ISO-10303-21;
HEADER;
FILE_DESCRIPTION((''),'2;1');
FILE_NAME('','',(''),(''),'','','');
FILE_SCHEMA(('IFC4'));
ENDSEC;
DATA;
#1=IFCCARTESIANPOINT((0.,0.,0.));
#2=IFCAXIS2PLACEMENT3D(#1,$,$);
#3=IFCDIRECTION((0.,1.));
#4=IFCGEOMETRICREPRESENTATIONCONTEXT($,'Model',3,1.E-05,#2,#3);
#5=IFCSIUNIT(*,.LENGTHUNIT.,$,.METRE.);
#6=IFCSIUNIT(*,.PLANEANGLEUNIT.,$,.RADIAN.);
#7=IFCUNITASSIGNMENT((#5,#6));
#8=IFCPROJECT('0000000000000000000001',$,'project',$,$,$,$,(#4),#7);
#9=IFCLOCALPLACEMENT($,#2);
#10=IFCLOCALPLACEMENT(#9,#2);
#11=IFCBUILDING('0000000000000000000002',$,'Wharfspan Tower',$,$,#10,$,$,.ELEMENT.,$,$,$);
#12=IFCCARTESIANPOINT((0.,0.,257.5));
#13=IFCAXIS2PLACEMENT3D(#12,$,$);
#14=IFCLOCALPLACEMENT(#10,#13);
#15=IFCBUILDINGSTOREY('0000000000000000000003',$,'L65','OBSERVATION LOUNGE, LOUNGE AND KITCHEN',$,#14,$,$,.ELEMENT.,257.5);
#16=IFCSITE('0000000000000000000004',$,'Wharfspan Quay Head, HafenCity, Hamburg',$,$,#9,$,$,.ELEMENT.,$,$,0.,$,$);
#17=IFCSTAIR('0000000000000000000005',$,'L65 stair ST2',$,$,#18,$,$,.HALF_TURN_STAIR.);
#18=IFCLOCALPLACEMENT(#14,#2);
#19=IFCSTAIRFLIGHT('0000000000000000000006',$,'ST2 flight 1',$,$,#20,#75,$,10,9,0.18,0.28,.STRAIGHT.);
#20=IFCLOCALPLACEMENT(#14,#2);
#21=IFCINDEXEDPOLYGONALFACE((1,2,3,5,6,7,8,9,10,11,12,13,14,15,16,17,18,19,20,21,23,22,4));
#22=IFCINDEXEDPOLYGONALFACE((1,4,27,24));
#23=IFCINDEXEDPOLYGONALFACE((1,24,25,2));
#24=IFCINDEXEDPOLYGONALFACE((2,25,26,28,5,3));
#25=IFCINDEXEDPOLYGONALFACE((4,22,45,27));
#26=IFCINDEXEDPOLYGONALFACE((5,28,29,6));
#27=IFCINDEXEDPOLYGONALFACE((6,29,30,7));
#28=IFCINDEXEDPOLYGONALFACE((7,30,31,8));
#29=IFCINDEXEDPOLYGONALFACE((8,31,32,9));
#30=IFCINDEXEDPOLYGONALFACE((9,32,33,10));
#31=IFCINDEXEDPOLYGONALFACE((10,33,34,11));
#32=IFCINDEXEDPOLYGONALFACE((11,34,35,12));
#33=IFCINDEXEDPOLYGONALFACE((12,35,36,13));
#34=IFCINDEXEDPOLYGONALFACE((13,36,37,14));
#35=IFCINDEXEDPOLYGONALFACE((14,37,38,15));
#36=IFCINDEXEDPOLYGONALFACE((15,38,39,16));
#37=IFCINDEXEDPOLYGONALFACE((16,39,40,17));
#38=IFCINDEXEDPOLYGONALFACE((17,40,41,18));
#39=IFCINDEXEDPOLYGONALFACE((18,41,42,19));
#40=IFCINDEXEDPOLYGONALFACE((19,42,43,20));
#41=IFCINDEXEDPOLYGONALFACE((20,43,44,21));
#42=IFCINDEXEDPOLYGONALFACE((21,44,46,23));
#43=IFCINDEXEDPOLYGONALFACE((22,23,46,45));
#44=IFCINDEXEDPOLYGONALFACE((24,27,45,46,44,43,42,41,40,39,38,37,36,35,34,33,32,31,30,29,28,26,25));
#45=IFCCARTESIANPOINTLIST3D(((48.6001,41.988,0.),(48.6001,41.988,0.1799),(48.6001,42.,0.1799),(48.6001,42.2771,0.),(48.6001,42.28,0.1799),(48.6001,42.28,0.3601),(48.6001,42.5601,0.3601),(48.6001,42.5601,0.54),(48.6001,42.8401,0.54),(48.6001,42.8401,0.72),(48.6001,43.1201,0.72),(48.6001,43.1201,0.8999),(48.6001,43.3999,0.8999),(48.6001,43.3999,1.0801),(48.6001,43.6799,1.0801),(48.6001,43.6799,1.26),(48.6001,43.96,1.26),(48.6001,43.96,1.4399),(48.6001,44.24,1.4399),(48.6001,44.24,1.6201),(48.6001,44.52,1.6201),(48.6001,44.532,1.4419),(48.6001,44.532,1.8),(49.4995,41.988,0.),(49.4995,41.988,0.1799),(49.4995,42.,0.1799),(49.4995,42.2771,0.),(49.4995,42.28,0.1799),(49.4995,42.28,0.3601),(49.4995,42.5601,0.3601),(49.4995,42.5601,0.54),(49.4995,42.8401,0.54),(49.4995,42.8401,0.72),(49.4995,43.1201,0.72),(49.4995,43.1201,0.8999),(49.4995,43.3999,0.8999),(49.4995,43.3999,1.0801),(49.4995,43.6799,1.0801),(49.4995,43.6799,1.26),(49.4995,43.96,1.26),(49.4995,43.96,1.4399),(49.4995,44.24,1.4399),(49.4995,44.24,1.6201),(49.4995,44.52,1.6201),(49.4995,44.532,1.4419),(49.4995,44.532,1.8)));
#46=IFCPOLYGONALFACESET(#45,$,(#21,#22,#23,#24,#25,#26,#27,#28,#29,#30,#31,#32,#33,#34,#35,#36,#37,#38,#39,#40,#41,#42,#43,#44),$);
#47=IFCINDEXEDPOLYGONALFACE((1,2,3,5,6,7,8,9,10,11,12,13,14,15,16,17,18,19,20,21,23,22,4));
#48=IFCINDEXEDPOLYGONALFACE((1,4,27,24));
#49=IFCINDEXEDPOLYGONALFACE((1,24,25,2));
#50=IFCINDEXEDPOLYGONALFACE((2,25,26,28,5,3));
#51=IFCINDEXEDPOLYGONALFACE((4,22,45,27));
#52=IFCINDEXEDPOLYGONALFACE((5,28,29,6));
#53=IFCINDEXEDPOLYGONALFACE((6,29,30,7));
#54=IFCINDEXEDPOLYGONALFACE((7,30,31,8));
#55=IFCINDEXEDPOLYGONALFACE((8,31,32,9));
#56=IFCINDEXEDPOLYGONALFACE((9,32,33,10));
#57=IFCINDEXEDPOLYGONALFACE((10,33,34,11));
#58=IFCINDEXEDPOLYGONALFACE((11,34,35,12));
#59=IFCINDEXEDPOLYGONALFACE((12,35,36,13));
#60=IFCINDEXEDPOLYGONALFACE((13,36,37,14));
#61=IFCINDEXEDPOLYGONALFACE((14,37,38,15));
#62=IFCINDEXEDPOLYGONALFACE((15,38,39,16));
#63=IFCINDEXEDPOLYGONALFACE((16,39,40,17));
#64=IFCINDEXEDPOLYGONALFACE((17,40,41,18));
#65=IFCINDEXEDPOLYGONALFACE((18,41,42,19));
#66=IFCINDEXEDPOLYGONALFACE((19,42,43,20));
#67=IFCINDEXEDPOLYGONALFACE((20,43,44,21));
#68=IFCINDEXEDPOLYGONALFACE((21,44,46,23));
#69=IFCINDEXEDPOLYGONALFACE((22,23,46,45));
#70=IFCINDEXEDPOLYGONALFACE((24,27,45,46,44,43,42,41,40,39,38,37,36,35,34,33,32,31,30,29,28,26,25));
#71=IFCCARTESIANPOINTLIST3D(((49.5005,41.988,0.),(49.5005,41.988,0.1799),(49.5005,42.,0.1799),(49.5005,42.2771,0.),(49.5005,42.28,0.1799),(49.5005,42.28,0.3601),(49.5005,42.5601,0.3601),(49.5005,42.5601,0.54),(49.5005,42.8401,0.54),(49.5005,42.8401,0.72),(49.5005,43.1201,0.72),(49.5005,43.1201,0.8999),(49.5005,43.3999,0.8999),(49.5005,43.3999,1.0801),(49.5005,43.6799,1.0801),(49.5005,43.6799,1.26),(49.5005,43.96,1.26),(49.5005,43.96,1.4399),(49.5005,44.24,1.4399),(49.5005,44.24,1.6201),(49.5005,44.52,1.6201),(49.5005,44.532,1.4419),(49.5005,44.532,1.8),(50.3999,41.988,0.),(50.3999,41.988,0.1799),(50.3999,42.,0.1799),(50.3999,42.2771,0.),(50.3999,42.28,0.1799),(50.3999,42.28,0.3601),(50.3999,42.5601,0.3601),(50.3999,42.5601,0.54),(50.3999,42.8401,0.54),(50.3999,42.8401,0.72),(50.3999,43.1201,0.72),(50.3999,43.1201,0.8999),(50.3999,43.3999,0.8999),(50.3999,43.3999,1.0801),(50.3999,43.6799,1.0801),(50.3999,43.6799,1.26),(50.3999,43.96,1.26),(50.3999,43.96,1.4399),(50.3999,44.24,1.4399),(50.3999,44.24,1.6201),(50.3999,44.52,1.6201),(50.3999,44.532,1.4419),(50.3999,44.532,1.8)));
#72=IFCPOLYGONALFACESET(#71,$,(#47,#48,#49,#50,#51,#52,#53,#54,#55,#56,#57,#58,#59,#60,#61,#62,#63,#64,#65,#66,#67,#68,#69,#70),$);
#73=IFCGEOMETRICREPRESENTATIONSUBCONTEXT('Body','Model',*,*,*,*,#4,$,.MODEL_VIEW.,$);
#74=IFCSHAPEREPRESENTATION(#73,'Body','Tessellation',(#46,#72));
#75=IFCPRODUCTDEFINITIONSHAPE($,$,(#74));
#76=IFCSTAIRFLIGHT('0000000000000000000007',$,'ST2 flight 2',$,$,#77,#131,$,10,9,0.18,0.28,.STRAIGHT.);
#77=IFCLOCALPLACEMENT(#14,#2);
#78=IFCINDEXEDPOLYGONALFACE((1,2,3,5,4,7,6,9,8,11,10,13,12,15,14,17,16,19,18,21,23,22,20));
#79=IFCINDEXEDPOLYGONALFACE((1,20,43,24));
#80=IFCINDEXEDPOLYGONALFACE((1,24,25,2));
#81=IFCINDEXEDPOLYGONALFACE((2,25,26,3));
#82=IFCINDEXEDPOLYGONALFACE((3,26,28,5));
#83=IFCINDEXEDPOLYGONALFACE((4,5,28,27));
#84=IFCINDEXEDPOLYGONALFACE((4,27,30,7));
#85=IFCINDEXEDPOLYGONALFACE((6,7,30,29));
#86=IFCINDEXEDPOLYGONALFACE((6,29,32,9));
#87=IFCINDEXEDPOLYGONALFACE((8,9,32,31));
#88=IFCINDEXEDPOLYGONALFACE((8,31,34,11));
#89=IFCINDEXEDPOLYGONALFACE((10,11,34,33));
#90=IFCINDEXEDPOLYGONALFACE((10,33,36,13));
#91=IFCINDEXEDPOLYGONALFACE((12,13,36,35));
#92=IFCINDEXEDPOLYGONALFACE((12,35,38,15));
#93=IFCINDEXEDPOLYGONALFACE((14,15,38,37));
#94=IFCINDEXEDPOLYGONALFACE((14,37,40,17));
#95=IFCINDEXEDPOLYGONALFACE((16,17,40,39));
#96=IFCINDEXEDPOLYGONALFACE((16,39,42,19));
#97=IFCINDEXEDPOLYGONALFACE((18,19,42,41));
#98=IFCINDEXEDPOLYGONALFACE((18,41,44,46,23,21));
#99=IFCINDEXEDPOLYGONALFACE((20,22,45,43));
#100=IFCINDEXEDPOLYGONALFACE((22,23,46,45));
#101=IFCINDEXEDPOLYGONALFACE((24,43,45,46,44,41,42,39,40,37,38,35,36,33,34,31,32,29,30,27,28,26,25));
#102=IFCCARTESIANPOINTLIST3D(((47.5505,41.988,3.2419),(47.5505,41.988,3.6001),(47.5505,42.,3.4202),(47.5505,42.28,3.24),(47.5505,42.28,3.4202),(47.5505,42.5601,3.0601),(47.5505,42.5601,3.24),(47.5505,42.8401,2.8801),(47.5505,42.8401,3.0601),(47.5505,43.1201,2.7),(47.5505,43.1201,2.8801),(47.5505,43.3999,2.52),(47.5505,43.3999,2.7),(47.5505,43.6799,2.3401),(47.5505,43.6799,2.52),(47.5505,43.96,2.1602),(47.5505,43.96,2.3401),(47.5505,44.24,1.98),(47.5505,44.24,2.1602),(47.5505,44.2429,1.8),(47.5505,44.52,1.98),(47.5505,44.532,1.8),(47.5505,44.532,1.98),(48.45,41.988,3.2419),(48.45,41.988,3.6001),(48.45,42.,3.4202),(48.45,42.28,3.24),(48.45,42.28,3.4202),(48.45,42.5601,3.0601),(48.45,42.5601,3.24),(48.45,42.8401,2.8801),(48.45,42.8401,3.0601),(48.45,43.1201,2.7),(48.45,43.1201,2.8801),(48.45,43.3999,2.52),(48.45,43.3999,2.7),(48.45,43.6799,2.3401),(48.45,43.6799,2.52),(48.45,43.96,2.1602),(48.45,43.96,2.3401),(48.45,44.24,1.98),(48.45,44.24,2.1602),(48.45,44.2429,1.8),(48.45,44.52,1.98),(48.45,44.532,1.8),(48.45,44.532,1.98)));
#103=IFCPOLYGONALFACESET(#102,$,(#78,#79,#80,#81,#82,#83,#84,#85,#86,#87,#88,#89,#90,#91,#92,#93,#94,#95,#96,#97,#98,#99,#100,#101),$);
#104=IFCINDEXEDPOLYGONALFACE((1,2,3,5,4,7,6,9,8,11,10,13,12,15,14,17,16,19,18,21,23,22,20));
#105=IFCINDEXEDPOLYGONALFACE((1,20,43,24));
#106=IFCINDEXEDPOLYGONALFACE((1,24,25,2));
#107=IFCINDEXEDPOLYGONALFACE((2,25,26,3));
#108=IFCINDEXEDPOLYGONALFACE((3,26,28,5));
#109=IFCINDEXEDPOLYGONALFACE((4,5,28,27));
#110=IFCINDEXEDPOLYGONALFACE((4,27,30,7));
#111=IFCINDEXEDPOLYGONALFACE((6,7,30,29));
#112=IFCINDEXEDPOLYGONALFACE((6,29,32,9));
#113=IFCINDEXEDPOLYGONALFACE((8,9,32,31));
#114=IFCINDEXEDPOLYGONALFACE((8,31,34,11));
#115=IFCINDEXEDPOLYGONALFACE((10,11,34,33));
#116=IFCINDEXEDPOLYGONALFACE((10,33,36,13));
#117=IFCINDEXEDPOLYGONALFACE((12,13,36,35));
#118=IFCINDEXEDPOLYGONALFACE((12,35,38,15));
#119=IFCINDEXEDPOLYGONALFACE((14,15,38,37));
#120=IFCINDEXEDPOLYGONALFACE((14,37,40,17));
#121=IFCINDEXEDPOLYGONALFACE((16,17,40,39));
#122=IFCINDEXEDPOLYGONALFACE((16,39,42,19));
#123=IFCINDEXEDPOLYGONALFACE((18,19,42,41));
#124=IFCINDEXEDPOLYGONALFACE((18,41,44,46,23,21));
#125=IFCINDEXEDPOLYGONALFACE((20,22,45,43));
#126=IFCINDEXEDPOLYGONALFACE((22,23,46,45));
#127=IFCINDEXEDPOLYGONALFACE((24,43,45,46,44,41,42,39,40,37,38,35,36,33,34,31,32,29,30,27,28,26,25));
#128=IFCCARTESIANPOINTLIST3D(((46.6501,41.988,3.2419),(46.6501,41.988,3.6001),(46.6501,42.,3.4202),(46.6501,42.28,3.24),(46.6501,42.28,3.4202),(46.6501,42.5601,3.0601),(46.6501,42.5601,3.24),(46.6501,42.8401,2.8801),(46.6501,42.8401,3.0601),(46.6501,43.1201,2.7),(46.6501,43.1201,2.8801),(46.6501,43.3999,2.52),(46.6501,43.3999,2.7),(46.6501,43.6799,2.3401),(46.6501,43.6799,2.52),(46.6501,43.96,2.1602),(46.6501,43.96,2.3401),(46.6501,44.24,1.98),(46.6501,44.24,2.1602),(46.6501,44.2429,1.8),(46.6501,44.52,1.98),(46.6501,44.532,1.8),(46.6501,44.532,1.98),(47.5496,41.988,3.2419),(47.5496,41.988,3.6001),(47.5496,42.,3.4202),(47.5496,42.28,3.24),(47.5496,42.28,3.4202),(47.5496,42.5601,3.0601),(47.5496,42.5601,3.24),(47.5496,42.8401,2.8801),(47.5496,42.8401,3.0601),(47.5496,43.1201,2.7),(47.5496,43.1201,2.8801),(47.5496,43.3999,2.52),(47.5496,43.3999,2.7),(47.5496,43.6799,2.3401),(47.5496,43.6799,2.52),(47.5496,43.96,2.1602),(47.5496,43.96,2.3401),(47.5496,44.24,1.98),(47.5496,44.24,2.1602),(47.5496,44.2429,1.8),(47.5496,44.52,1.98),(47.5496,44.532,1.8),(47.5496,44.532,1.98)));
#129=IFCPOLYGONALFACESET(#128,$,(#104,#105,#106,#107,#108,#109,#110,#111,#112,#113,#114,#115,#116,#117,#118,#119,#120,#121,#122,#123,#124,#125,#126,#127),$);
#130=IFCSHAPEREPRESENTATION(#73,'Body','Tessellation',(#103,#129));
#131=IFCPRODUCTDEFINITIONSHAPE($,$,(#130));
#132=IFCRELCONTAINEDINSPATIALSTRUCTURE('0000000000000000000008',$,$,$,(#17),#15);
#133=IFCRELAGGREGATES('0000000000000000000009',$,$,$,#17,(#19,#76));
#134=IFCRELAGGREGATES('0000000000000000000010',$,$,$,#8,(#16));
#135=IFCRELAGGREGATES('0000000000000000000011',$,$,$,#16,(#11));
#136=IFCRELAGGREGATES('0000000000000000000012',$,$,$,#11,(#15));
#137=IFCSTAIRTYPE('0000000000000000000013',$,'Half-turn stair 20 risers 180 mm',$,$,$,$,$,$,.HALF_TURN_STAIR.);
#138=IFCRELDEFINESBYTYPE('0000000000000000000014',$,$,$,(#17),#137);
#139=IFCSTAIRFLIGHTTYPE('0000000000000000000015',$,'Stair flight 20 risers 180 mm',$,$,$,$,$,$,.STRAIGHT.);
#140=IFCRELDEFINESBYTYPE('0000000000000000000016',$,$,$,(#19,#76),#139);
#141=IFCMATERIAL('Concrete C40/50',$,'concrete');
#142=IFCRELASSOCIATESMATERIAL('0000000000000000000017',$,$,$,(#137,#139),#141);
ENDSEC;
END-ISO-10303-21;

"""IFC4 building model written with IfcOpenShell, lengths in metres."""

from ifc_helpers import new_model, si_unit, direction, frame, origin, place, context, subcontext, project, spatial, polyline, outline, extrude, material, type_object, element, aggregate, save


model = new_model("IFC4")

# Units and contexts
model_context = context("Model", 3, precision=1e-05, world=origin(), true_north=direction((0.0, 1.0)))
body_context = subcontext(model_context, "Body", "Model", "MODEL_VIEW")
ifc_project = project(units=[si_unit("LENGTHUNIT", "METRE"), si_unit("PLANEANGLEUNIT", "RADIAN")], contexts=[model_context])

# Site, building, storey
site_placement = place(None, origin())
site = spatial("IfcSite", under=ifc_project, at=site_placement, Name="Wharfspan Quay Head, HafenCity, Hamburg", CompositionType="ELEMENT", RefElevation=0.0)
building_placement = place(site_placement, origin())
building = spatial("IfcBuilding", under=site, at=building_placement, Name="Wharfspan Tower", CompositionType="ELEMENT")
storey_placement = place(building_placement, frame((0.0, 0.0, 257.5)))
storey = spatial("IfcBuildingStorey", under=building, at=storey_placement, Name="L65", Description="OBSERVATION LOUNGE, LOUNGE AND KITCHEN", CompositionType="ELEMENT", Elevation=257.5)

# Shared definitions
ifc_material_1 = material(Name="Concrete C40/50", Category="concrete")

# Stair, stair flights
stair_type = type_object("IfcStairType", Name="Half-turn stair 20 risers 180 mm", PredefinedType="HALF_TURN_STAIR", material=ifc_material_1)
stair_placement = place(storey_placement, origin())
stair = element("IfcStair", 1, at=stair_placement, inside=storey, type_object=stair_type, Name="L65 stair ST2", PredefinedType="HALF_TURN_STAIR")
stair_flight_type = type_object("IfcStairFlightType", Name="Stair flight 20 risers 180 mm", PredefinedType="STRAIGHT", material=ifc_material_1)
stair_flight_1_placement = place(storey_placement, frame((49.5, 42.0, 0.0), z_axis=(0.0, 0.0, 1.0), x_axis=(0.0, 1.0, 0.0)))
stair_flight_1 = element("IfcStairFlight", 2, at=stair_flight_1_placement, type_object=stair_flight_type, Name="ST2 flight 1", NumberOfRisers=10, NumberOfTreads=9, PredefinedType="STRAIGHT", RiserHeight=0.18, TreadLength=0.28, context=body_context, shape_type="SweptSolid", body=[
    extrude(outline(polyline([(-0.012, 0.0), (-0.012, 0.1799), (0.0, 0.1799), (0.28, 0.1799), (0.28, 0.3601), (0.5601, 0.3601), (0.5601, 0.54), (0.8401, 0.54), (0.8401, 0.72), (1.1201, 0.72), (1.1201, 0.8999), (1.3999, 0.8999), (1.3999, 1.0801), (1.6799, 1.0801), (1.6799, 1.26), (1.96, 1.26), (1.96, 1.4399), (2.24, 1.4399), (2.24, 1.6201), (2.52, 1.6201), (2.532, 1.8), (2.532, 1.4419), (0.2771, 0.0), (-0.012, 0.0)])), frame((0.0, 0.8999, 0.0), z_axis=(0.0, -1.0, 0.0), x_axis=(1.0, 0.0, 0.0)), (0.0, 0.0, 1.0), 0.8994),
    extrude(outline(polyline([(-0.012, 0.0), (-0.012, 0.1799), (0.0, 0.1799), (0.28, 0.1799), (0.28, 0.3601), (0.5601, 0.3601), (0.5601, 0.54), (0.8401, 0.54), (0.8401, 0.72), (1.1201, 0.72), (1.1201, 0.8999), (1.3999, 0.8999), (1.3999, 1.0801), (1.6799, 1.0801), (1.6799, 1.26), (1.96, 1.26), (1.96, 1.4399), (2.24, 1.4399), (2.24, 1.6201), (2.52, 1.6201), (2.532, 1.8), (2.532, 1.4419), (0.2771, 0.0), (-0.012, 0.0)])), frame((0.0, -0.0005, 0.0), z_axis=(0.0, -1.0, 0.0), x_axis=(1.0, 0.0, 0.0)), (0.0, 0.0, 1.0), 0.8994),
])
stair_flight_2_placement = place(storey_placement, frame((47.55, 44.52, 1.8), z_axis=(0.0, 0.0, 1.0), x_axis=(0.0, -1.0, 0.0)))
stair_flight_2 = element("IfcStairFlight", 3, at=stair_flight_2_placement, type_object=stair_flight_type, Name="ST2 flight 2", NumberOfRisers=10, NumberOfTreads=9, PredefinedType="STRAIGHT", RiserHeight=0.18, TreadLength=0.28, context=body_context, shape_type="SweptSolid", body=[
    extrude(outline(polyline([(-0.012, 0.0), (-0.012, 0.1799), (0.0, 0.1799), (0.28, 0.1799), (0.28, 0.3601), (0.5601, 0.3601), (0.5601, 0.54), (0.8401, 0.54), (0.8401, 0.72), (1.1201, 0.72), (1.1201, 0.8999), (1.3999, 0.8999), (1.3999, 1.0801), (1.6799, 1.0801), (1.6799, 1.26), (1.96, 1.26), (1.96, 1.4399), (2.24, 1.4399), (2.24, 1.6201), (2.52, 1.6201), (2.532, 1.8), (2.532, 1.4419), (0.2771, 0.0), (-0.012, 0.0)])), frame((0.0, 0.8999, 0.0), z_axis=(0.0, -1.0, 0.0), x_axis=(1.0, 0.0, 0.0)), (0.0, 0.0, 1.0), 0.8994),
    extrude(outline(polyline([(-0.012, 0.0), (-0.012, 0.1799), (0.0, 0.1799), (0.28, 0.1799), (0.28, 0.3601), (0.5601, 0.3601), (0.5601, 0.54), (0.8401, 0.54), (0.8401, 0.72), (1.1201, 0.72), (1.1201, 0.8999), (1.3999, 0.8999), (1.3999, 1.0801), (1.6799, 1.0801), (1.6799, 1.26), (1.96, 1.26), (1.96, 1.4399), (2.24, 1.4399), (2.24, 1.6201), (2.52, 1.6201), (2.532, 1.8), (2.532, 1.4419), (0.2771, 0.0), (-0.012, 0.0)])), frame((0.0, -0.0005, 0.0), z_axis=(0.0, -1.0, 0.0), x_axis=(1.0, 0.0, 0.0)), (0.0, 0.0, 1.0), 0.8994),
])
aggregate(stair, [stair_flight_1, stair_flight_2])

save(model, "model.ifc")
